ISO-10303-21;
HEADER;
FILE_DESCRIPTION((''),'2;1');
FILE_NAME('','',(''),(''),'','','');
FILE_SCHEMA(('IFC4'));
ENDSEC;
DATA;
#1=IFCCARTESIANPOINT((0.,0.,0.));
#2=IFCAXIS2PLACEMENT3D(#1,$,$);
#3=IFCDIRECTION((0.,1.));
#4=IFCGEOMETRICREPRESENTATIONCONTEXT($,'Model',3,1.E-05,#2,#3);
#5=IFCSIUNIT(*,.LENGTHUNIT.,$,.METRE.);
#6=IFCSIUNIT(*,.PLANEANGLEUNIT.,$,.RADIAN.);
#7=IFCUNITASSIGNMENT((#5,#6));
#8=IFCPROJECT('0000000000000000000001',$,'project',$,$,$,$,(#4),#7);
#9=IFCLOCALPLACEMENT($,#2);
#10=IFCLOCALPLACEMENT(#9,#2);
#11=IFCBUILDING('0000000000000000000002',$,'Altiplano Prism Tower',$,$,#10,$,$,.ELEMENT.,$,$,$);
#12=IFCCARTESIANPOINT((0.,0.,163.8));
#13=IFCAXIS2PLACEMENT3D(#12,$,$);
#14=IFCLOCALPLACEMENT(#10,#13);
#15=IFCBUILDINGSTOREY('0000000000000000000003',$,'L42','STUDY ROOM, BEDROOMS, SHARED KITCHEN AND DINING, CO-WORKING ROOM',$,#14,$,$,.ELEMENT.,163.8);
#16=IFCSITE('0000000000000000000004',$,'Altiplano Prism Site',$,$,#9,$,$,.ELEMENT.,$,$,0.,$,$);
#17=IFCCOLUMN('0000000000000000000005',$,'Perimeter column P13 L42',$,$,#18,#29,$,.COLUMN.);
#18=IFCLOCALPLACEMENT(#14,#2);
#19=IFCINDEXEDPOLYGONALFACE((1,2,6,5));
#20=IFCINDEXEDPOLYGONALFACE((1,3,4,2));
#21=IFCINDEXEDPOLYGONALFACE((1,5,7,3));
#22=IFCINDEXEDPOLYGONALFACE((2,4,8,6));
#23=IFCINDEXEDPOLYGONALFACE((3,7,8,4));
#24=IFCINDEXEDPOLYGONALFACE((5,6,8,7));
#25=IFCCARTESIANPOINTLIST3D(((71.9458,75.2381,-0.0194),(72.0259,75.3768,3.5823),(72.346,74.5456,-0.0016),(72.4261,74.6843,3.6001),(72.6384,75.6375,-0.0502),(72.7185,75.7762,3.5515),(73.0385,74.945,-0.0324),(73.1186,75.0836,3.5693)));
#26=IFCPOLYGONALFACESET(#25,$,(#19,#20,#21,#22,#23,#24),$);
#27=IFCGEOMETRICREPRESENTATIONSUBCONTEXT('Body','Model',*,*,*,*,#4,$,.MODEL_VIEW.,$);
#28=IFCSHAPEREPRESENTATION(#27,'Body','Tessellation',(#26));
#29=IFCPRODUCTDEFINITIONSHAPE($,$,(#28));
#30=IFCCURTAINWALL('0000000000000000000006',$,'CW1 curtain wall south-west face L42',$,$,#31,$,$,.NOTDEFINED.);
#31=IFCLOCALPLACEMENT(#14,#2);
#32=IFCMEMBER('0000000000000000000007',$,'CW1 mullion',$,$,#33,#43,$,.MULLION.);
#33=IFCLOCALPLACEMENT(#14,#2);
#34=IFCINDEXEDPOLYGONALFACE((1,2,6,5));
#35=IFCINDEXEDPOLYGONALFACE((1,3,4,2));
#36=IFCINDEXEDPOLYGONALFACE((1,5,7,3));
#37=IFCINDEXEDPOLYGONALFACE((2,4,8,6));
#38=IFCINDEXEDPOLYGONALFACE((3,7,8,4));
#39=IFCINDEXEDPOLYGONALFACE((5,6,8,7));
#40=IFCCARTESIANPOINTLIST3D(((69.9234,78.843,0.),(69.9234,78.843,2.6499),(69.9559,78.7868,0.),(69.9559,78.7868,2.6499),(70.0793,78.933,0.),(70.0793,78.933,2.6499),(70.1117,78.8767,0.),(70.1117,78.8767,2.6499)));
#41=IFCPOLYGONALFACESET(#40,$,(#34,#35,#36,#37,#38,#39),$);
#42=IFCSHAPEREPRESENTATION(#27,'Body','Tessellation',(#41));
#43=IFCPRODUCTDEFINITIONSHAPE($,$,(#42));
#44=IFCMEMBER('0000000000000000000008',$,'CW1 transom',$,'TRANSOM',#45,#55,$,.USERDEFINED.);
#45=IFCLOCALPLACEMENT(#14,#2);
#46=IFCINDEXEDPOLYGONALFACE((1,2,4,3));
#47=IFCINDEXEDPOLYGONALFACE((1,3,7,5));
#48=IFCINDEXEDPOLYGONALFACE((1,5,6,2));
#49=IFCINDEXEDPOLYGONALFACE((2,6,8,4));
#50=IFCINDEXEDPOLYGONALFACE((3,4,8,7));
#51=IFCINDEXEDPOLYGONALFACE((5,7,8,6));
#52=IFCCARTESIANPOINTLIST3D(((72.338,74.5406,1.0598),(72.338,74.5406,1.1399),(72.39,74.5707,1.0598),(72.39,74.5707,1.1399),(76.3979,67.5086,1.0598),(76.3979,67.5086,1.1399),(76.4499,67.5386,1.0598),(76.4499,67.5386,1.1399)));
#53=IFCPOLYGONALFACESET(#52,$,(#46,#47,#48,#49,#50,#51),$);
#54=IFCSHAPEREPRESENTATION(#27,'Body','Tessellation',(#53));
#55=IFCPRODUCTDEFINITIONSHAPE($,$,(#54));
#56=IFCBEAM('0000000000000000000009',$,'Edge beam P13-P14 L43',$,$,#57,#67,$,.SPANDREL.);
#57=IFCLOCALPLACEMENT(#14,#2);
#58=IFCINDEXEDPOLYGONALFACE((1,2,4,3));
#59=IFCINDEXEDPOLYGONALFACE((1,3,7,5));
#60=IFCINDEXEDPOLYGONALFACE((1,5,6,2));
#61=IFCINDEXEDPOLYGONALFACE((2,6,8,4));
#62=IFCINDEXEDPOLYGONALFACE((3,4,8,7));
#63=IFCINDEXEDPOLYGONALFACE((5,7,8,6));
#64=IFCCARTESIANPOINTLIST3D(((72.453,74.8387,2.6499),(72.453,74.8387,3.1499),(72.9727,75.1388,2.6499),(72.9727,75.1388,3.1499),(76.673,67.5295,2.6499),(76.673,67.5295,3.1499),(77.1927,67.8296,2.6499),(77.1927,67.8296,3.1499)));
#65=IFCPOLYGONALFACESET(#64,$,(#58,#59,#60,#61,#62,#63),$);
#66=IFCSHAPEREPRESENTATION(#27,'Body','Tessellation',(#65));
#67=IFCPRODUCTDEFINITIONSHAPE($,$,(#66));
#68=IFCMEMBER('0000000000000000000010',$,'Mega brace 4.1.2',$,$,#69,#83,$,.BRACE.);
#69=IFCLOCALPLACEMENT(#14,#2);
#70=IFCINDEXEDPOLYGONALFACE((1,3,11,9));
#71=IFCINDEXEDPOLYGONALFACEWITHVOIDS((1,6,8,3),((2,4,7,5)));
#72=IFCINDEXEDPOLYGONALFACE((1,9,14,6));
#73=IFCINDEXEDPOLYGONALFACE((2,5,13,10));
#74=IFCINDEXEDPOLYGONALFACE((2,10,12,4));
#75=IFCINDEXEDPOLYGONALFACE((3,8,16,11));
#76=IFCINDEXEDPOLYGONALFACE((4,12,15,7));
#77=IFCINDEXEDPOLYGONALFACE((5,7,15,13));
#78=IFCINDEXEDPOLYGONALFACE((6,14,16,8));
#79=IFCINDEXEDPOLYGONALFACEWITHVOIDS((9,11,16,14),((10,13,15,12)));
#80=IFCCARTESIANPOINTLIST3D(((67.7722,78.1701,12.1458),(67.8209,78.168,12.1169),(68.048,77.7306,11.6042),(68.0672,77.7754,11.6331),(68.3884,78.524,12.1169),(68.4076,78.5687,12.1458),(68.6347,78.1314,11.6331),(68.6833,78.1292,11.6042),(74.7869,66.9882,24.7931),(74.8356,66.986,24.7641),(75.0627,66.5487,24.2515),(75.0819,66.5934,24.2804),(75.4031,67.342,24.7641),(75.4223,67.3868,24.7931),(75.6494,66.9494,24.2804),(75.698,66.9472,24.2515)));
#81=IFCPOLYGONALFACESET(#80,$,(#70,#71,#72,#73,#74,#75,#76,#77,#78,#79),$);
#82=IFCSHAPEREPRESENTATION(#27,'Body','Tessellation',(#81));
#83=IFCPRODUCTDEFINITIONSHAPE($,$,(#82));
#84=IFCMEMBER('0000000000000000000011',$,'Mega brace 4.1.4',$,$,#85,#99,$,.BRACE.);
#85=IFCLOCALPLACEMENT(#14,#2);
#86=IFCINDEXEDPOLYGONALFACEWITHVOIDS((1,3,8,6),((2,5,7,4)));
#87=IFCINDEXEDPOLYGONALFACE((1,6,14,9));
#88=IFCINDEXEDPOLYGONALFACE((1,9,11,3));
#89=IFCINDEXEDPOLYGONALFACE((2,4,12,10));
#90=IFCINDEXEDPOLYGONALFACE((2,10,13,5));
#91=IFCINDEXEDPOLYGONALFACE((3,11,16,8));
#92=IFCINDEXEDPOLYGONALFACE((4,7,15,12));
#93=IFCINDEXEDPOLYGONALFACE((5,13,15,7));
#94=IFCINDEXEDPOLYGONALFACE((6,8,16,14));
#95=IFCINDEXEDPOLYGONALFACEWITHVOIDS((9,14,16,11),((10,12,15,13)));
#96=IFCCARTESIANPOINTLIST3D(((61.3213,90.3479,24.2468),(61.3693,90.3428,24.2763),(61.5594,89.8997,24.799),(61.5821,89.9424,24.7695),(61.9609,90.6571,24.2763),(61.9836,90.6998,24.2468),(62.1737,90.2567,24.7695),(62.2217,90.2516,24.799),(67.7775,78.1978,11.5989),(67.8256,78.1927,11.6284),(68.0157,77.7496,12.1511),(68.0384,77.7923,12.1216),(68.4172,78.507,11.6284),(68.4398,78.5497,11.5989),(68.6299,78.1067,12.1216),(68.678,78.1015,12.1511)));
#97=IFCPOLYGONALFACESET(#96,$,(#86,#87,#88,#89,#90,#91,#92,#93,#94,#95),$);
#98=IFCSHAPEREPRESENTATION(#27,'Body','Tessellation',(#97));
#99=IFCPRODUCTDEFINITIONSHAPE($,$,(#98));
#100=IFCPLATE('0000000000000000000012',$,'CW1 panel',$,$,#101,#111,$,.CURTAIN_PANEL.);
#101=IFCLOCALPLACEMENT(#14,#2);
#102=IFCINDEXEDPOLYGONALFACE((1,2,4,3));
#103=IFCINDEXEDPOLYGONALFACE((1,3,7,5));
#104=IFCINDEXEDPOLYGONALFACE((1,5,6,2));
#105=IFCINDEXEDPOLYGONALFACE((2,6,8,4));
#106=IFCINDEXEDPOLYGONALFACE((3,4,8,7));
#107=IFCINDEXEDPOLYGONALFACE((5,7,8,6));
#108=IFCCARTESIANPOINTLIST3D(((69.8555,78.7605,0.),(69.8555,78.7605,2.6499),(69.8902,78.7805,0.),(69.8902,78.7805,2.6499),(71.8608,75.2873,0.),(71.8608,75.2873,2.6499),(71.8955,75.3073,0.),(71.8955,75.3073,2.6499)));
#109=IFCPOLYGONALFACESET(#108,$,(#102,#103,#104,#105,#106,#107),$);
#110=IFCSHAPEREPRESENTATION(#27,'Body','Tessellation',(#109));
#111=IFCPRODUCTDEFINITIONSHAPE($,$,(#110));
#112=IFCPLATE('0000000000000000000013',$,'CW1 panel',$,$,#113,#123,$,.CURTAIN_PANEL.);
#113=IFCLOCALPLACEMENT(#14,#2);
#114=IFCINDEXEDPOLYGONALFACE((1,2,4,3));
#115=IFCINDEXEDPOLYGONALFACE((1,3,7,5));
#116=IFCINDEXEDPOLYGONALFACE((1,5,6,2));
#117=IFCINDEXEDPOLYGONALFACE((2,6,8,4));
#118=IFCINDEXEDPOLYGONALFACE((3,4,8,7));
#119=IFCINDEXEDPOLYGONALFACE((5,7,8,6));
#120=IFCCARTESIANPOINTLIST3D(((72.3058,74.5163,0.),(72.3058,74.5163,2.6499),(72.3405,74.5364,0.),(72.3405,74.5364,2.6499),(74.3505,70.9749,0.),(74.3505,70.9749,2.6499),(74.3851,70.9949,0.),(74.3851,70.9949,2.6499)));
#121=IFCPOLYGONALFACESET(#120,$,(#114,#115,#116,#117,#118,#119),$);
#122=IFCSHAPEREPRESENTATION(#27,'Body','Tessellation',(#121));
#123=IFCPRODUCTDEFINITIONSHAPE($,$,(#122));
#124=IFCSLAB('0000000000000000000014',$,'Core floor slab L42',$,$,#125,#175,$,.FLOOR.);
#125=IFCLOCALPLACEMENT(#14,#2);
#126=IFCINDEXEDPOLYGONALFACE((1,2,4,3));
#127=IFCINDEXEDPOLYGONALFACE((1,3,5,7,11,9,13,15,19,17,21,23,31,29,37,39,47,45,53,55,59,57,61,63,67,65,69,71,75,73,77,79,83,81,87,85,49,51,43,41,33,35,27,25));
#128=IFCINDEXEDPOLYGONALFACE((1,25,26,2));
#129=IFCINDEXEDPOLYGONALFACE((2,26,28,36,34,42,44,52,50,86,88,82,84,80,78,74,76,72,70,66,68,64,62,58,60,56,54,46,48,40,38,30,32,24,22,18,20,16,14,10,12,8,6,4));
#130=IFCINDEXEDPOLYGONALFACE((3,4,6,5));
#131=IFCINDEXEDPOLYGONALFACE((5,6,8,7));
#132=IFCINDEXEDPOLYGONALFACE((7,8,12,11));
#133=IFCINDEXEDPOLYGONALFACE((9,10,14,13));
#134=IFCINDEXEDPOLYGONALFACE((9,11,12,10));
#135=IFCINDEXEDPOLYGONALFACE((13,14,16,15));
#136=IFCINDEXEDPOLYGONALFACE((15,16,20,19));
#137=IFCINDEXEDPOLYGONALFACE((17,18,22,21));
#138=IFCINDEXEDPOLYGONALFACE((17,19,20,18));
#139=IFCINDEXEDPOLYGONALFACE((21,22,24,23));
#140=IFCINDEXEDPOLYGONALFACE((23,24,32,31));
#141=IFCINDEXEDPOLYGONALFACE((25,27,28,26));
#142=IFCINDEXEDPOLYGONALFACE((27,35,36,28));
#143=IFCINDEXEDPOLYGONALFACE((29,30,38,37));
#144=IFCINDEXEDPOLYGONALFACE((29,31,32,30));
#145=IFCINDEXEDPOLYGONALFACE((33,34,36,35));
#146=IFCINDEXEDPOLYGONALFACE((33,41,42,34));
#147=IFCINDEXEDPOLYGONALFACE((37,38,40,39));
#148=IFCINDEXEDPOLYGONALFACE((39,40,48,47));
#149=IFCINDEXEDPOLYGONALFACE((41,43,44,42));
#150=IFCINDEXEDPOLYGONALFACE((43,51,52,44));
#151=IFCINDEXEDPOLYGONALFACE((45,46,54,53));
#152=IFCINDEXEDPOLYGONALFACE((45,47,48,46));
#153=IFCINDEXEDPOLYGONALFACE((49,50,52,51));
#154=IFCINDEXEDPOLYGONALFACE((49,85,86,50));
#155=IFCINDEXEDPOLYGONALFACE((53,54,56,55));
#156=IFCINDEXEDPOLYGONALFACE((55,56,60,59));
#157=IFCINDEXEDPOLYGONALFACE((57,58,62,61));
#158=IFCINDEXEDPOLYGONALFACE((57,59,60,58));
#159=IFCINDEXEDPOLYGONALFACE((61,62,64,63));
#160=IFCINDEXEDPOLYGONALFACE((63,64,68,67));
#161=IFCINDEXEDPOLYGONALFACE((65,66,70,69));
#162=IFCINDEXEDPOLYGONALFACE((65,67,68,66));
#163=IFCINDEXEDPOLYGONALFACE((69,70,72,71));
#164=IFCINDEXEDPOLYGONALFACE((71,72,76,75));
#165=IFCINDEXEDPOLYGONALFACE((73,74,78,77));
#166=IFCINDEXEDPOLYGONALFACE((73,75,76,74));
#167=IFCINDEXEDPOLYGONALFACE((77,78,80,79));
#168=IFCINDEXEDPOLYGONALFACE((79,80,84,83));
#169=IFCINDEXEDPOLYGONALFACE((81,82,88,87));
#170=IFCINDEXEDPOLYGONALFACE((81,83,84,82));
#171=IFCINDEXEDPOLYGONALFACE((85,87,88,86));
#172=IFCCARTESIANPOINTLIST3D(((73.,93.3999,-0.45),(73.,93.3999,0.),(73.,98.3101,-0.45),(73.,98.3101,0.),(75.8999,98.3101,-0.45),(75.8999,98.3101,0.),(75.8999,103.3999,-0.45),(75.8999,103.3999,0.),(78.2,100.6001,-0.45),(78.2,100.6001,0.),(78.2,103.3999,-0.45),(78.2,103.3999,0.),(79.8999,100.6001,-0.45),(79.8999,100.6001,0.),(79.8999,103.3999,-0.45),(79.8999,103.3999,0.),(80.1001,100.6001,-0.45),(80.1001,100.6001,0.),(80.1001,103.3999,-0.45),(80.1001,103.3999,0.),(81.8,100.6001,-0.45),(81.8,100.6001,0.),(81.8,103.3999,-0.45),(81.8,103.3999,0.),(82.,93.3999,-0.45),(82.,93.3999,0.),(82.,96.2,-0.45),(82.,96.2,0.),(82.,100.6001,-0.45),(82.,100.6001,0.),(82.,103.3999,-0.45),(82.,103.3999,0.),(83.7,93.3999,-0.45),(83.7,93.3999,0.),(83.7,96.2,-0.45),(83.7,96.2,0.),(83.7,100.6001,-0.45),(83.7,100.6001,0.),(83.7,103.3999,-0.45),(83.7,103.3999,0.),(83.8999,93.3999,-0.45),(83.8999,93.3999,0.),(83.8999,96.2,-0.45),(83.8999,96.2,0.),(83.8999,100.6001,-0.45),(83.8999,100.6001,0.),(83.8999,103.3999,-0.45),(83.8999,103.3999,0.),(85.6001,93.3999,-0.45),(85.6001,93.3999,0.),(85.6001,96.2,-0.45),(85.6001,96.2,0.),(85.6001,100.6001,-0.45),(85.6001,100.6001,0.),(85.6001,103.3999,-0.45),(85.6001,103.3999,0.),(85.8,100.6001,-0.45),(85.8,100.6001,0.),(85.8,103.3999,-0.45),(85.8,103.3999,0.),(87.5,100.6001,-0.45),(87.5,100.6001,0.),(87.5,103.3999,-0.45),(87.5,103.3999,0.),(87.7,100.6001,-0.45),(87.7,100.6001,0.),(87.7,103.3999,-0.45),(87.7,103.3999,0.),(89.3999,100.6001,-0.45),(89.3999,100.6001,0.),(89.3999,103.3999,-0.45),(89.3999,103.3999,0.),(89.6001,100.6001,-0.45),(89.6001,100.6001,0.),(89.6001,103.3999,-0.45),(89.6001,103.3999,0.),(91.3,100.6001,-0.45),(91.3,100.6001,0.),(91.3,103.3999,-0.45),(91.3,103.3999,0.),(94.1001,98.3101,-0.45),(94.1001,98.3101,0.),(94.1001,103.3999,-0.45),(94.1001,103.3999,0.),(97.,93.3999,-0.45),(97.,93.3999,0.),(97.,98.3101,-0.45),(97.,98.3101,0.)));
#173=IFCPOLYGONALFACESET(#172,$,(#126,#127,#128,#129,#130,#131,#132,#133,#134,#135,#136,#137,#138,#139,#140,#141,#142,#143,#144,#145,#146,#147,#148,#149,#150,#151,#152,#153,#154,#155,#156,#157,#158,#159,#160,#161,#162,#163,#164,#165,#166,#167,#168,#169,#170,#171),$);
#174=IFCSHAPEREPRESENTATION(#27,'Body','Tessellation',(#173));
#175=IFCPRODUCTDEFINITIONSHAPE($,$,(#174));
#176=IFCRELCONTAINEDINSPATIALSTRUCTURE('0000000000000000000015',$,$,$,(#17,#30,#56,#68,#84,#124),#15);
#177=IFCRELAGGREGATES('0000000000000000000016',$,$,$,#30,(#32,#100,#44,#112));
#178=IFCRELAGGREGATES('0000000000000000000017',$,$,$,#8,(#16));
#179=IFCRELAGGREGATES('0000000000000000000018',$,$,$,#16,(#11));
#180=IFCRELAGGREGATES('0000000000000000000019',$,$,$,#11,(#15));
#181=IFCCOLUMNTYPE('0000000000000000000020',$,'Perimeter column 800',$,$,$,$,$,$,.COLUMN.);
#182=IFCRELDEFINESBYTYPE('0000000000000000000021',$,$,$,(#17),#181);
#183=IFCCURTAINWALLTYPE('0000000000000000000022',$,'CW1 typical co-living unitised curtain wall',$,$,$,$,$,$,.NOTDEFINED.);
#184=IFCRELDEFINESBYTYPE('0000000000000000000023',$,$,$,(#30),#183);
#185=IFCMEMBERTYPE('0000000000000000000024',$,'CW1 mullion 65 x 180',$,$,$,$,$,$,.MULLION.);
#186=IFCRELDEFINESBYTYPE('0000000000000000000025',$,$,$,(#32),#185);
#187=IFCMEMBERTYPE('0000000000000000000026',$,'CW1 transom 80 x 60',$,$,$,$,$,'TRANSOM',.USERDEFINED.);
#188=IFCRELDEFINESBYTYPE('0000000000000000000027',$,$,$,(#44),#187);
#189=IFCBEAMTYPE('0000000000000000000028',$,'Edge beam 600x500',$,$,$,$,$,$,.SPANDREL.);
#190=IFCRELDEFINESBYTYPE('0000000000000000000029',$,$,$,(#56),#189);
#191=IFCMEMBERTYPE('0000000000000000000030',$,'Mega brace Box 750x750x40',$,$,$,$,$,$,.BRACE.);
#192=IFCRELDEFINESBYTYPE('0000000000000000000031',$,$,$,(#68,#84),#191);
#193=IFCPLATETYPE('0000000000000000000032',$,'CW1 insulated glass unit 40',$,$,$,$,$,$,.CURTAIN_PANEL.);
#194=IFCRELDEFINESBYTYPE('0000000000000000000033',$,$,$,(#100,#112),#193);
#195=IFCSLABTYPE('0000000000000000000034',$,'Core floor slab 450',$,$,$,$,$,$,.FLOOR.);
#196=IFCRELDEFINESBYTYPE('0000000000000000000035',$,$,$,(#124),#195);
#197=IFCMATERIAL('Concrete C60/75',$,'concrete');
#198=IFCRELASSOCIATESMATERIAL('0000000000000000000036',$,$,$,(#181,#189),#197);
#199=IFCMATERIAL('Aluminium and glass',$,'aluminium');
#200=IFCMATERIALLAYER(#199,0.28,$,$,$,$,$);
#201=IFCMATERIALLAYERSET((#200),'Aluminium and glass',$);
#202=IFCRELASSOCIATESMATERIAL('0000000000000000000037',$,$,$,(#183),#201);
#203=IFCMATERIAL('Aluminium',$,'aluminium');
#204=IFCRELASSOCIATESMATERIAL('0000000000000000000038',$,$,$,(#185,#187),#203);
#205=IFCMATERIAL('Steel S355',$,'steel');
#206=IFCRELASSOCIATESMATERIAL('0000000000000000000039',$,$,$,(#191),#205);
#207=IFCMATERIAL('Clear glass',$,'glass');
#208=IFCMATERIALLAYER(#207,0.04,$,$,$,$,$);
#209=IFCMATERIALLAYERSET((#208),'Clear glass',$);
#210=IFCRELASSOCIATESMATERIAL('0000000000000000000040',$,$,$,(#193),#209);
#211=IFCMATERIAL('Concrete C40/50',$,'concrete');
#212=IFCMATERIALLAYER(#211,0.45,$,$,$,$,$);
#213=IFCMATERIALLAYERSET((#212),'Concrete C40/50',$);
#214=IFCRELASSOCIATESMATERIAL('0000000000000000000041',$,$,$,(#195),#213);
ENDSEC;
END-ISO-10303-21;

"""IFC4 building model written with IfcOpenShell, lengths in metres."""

from ifc_helpers import new_model, si_unit, direction, frame, origin, origin_2d, place, context, subcontext, project, spatial, polyline, rectangle, hollow_rectangle, outline, extrude, material, layer, layer_set, material_profile, profile_set, type_object, element, aggregate, save


model = new_model("IFC4")

# Units and contexts
model_context = context("Model", 3, precision=1e-05, world=origin(), true_north=direction((0.0, 1.0)))
body_context = subcontext(model_context, "Body", "Model", "MODEL_VIEW")
ifc_project = project(units=[si_unit("LENGTHUNIT", "METRE"), si_unit("PLANEANGLEUNIT", "RADIAN")], contexts=[model_context])

# Site, building, storey
site_placement = place(None, origin())
site = spatial("IfcSite", under=ifc_project, at=site_placement, Name="Altiplano Prism Site", CompositionType="ELEMENT", RefElevation=0.0)
building_placement = place(site_placement, origin())
building = spatial("IfcBuilding", under=site, at=building_placement, Name="Altiplano Prism Tower", CompositionType="ELEMENT")
storey_placement = place(building_placement, frame((0.0, 0.0, 163.8)))
storey = spatial("IfcBuildingStorey", under=building, at=storey_placement, Name="L42", Description="STUDY ROOM, BEDROOMS, SHARED KITCHEN AND DINING, CO-WORKING ROOM", CompositionType="ELEMENT", Elevation=163.8)

# Column
ifc_material_1 = material(Name="Concrete C60/75", Category="concrete")
ifc_material_profile_1 = material_profile(ifc_material_1, rectangle(XDim=0.8, YDim=0.8, at=origin_2d()), Name="Perimeter column 800")
ifc_profile_set_1 = profile_set([ifc_material_profile_1], Name="Concrete C60/75")
column_type = type_object("IfcColumnType", Name="Perimeter column 800", PredefinedType="COLUMN", material=ifc_profile_set_1)
column_placement = place(storey_placement, frame((72.4922, 75.0916, -0.0259), z_axis=(0.022212, 0.038465, 0.999013), x_axis=(-0.86564, -0.499187, 0.038467)))
element("IfcColumn", 1, at=column_placement, inside=storey, type_object=column_type, Name="Perimeter column P13 L42", PredefinedType="COLUMN", context=body_context, shape_type="SweptSolid", body=[
    extrude(rectangle(XDim=0.8, YDim=0.8, at=origin_2d()), origin(), (0.0, 0.0, 1.0), 3.6052),
])

# Curtain wall, members
ifc_material_2 = material(Name="Aluminium and glass", Category="aluminium")
ifc_layer_1 = layer(ifc_material_2, 0.28)
ifc_layer_set_1 = layer_set([ifc_layer_1], Name="Aluminium and glass")
curtain_wall_type = type_object("IfcCurtainWallType", Name="CW1 typical co-living unitised curtain wall", PredefinedType="NOTDEFINED", material=ifc_layer_set_1)
curtain_wall_placement = place(storey_placement, origin())
curtain_wall = element("IfcCurtainWall", 2, at=curtain_wall_placement, inside=storey, type_object=curtain_wall_type, Name="CW1 curtain wall south-west face L42", PredefinedType="NOTDEFINED")
ifc_material_3 = material(Name="Aluminium", Category="aluminium")
ifc_material_profile_2 = material_profile(ifc_material_3, rectangle(XDim=0.1799, YDim=0.0649, at=origin_2d()), Name="CW1 mullion 65 x 180")
ifc_profile_set_2 = profile_set([ifc_material_profile_2], Name="Aluminium")
member_type_1 = type_object("IfcMemberType", Name="CW1 mullion 65 x 180", PredefinedType="MULLION", material=ifc_profile_set_2)
member_1_placement = place(storey_placement, frame((70.0176, 78.8599, 0.0), z_axis=(0.0, 0.0, 1.0), x_axis=(0.866025, 0.5, 0.0)))
member_1 = element("IfcMember", 3, at=member_1_placement, type_object=member_type_1, Name="CW1 mullion", PredefinedType="MULLION", context=body_context, shape_type="SweptSolid", body=[
    extrude(rectangle(XDim=0.1799, YDim=0.0649, at=origin_2d()), origin(), (0.0, 0.0, 1.0), 2.6499),
])
ifc_material_profile_3 = material_profile(ifc_material_3, rectangle(XDim=0.0601, YDim=0.0801, at=origin_2d()), Name="CW1 transom 80 x 60")
ifc_profile_set_3 = profile_set([ifc_material_profile_3], Name="Aluminium")
member_type_2 = type_object("IfcMemberType", Name="CW1 transom 80 x 60", ElementType="TRANSOM", PredefinedType="USERDEFINED", material=ifc_profile_set_3)
member_2_placement = place(storey_placement, frame((72.364, 74.5557, 1.0999), z_axis=(0.499991, -0.866031, 0.0), x_axis=(0.866031, 0.499991, 0.0)))
member_2 = element("IfcMember", 4, at=member_2_placement, type_object=member_type_2, Name="CW1 transom", ObjectType="TRANSOM", PredefinedType="USERDEFINED", context=body_context, shape_type="SweptSolid", body=[
    extrude(rectangle(XDim=0.0601, YDim=0.0801, at=origin_2d()), origin(), (0.0, 0.0, 1.0), 8.1199),
])

# Beam
ifc_material_profile_4 = material_profile(ifc_material_1, rectangle(XDim=0.6001, YDim=0.5, at=origin_2d()), Name="Edge beam 600x500")
ifc_profile_set_4 = profile_set([ifc_material_profile_4], Name="Concrete C60/75")
beam_type = type_object("IfcBeamType", Name="Edge beam 600x500", PredefinedType="SPANDREL", material=ifc_profile_set_4)
beam_placement = place(storey_placement, frame((72.7129, 74.9888, 2.8999), z_axis=(0.499994, -0.866029, 0.0), x_axis=(0.866029, 0.499994, 0.0)))
element("IfcBeam", 5, at=beam_placement, inside=storey, type_object=beam_type, Name="Edge beam P13-P14 L43", PredefinedType="SPANDREL", context=body_context, shape_type="SweptSolid", body=[
    extrude(rectangle(XDim=0.6001, YDim=0.5, at=origin_2d()), origin(), (0.0, 0.0, 1.0), 8.4399),
])

# Members
ifc_material_4 = material(Name="Steel S355", Category="steel")
ifc_material_profile_5 = material_profile(ifc_material_4, hollow_rectangle(XDim=0.75, YDim=0.75, WallThickness=0.04, at=origin_2d()), Name="Mega brace Box 750x750x40")
ifc_profile_set_5 = profile_set([ifc_material_profile_5], Name="Steel S355")
member_type_3 = type_object("IfcMemberType", Name="Mega brace Box 750x750x40", PredefinedType="BRACE", material=ifc_profile_set_5)
member_3_placement = place(storey_placement, frame((68.2278, 78.1497, 11.875), z_axis=(0.383714, -0.61167, 0.691826), x_axis=(0.847113, 0.531413, 0.0)))
element("IfcMember", 6, at=member_3_placement, inside=storey, type_object=member_type_3, Name="Mega brace 4.1.2", PredefinedType="BRACE", context=body_context, shape_type="SweptSolid", body=[
    extrude(hollow_rectangle(XDim=0.75, YDim=0.75, WallThickness=0.04, at=origin_2d()), origin(), (0.0, 0.0, 1.0), 18.281),
])
member_4_placement = place(storey_placement, frame((68.2278, 78.1497, 11.875), z_axis=(-0.345459, 0.650121, 0.676757), x_axis=(-0.88307, -0.469242, 0.0)))
element("IfcMember", 7, at=member_4_placement, inside=storey, type_object=member_type_3, Name="Mega brace 4.1.4", PredefinedType="BRACE", context=body_context, shape_type="SweptSolid", body=[
    extrude(hollow_rectangle(XDim=0.75, YDim=0.75, WallThickness=0.04, at=origin_2d()), origin(), (0.0, 0.0, 1.0), 18.689),
])

# Plates
ifc_material_5 = material(Name="Clear glass", Category="glass")
ifc_layer_2 = layer(ifc_material_5, 0.04)
ifc_layer_set_2 = layer_set([ifc_layer_2], Name="Clear glass")
plate_type = type_object("IfcPlateType", Name="CW1 insulated glass unit 40", PredefinedType="CURTAIN_PANEL", material=ifc_layer_set_2)
plate_1_placement = place(storey_placement, frame((70.8755, 77.0339, 0.0), z_axis=(0.0, 0.0, 1.0), x_axis=(0.5, -0.866025, 0.0)))
plate_1 = element("IfcPlate", 8, at=plate_1_placement, type_object=plate_type, Name="CW1 panel", PredefinedType="CURTAIN_PANEL", context=body_context, shape_type="SweptSolid", body=[
    extrude(rectangle(XDim=4.0105, YDim=0.04, at=origin_2d()), origin(), (0.0, 0.0, 1.0), 2.6499),
])
plate_2_placement = place(storey_placement, frame((73.3455, 72.7556, 0.0), z_axis=(0.0, 0.0, 1.0), x_axis=(0.5, -0.866025, 0.0)))
plate_2 = element("IfcPlate", 9, at=plate_2_placement, type_object=plate_type, Name="CW1 panel", PredefinedType="CURTAIN_PANEL", context=body_context, shape_type="SweptSolid", body=[
    extrude(rectangle(XDim=4.0894, YDim=0.04, at=origin_2d()), origin(), (0.0, 0.0, 1.0), 2.6499),
])
aggregate(curtain_wall, [member_1, plate_1, member_2, plate_2])

# Slab
ifc_material_6 = material(Name="Concrete C40/50", Category="concrete")
ifc_layer_3 = layer(ifc_material_6, 0.45)
ifc_layer_set_3 = layer_set([ifc_layer_3], Name="Concrete C40/50")
slab_type_1 = type_object("IfcSlabType", Name="Core floor slab 450", PredefinedType="FLOOR", material=ifc_layer_set_3)
slab_1_placement = place(storey_placement, frame((0.0, 0.0, -0.45)))
element("IfcSlab", 10, at=slab_1_placement, inside=storey, type_object=slab_type_1, Name="Core floor slab L42", PredefinedType="FLOOR", context=body_context, shape_type="SweptSolid", body=[
    extrude(outline(polyline([(97.0, 98.3101), (94.1001, 98.3101), (94.1001, 103.3999), (91.3, 103.3999), (91.3, 100.6001), (89.6001, 100.6001), (89.6001, 103.3999), (89.3999, 103.3999), (89.3999, 100.6001), (87.7, 100.6001), (87.7, 103.3999), (87.5, 103.3999), (87.5, 100.6001), (85.8, 100.6001), (85.8, 103.3999), (85.6001, 103.3999), (85.6001, 100.6001), (83.8999, 100.6001), (83.8999, 103.3999), (83.7, 103.3999), (83.7, 100.6001), (82.0, 100.6001), (82.0, 103.3999), (81.8, 103.3999), (81.8, 100.6001), (80.1001, 100.6001), (80.1001, 103.3999), (79.8999, 103.3999), (79.8999, 100.6001), (78.2, 100.6001), (78.2, 103.3999), (75.8999, 103.3999), (75.8999, 98.3101), (73.0, 98.3101), (73.0, 93.3999), (82.0, 93.3999), (82.0, 96.2), (83.7, 96.2), (83.7, 93.3999), (83.8999, 93.3999), (83.8999, 96.2), (85.6001, 96.2), (85.6001, 93.3999), (97.0, 93.3999), (97.0, 98.3101)])), origin(), (0.0, 0.0, 1.0), 0.45),
])

save(model, "model.ifc")
